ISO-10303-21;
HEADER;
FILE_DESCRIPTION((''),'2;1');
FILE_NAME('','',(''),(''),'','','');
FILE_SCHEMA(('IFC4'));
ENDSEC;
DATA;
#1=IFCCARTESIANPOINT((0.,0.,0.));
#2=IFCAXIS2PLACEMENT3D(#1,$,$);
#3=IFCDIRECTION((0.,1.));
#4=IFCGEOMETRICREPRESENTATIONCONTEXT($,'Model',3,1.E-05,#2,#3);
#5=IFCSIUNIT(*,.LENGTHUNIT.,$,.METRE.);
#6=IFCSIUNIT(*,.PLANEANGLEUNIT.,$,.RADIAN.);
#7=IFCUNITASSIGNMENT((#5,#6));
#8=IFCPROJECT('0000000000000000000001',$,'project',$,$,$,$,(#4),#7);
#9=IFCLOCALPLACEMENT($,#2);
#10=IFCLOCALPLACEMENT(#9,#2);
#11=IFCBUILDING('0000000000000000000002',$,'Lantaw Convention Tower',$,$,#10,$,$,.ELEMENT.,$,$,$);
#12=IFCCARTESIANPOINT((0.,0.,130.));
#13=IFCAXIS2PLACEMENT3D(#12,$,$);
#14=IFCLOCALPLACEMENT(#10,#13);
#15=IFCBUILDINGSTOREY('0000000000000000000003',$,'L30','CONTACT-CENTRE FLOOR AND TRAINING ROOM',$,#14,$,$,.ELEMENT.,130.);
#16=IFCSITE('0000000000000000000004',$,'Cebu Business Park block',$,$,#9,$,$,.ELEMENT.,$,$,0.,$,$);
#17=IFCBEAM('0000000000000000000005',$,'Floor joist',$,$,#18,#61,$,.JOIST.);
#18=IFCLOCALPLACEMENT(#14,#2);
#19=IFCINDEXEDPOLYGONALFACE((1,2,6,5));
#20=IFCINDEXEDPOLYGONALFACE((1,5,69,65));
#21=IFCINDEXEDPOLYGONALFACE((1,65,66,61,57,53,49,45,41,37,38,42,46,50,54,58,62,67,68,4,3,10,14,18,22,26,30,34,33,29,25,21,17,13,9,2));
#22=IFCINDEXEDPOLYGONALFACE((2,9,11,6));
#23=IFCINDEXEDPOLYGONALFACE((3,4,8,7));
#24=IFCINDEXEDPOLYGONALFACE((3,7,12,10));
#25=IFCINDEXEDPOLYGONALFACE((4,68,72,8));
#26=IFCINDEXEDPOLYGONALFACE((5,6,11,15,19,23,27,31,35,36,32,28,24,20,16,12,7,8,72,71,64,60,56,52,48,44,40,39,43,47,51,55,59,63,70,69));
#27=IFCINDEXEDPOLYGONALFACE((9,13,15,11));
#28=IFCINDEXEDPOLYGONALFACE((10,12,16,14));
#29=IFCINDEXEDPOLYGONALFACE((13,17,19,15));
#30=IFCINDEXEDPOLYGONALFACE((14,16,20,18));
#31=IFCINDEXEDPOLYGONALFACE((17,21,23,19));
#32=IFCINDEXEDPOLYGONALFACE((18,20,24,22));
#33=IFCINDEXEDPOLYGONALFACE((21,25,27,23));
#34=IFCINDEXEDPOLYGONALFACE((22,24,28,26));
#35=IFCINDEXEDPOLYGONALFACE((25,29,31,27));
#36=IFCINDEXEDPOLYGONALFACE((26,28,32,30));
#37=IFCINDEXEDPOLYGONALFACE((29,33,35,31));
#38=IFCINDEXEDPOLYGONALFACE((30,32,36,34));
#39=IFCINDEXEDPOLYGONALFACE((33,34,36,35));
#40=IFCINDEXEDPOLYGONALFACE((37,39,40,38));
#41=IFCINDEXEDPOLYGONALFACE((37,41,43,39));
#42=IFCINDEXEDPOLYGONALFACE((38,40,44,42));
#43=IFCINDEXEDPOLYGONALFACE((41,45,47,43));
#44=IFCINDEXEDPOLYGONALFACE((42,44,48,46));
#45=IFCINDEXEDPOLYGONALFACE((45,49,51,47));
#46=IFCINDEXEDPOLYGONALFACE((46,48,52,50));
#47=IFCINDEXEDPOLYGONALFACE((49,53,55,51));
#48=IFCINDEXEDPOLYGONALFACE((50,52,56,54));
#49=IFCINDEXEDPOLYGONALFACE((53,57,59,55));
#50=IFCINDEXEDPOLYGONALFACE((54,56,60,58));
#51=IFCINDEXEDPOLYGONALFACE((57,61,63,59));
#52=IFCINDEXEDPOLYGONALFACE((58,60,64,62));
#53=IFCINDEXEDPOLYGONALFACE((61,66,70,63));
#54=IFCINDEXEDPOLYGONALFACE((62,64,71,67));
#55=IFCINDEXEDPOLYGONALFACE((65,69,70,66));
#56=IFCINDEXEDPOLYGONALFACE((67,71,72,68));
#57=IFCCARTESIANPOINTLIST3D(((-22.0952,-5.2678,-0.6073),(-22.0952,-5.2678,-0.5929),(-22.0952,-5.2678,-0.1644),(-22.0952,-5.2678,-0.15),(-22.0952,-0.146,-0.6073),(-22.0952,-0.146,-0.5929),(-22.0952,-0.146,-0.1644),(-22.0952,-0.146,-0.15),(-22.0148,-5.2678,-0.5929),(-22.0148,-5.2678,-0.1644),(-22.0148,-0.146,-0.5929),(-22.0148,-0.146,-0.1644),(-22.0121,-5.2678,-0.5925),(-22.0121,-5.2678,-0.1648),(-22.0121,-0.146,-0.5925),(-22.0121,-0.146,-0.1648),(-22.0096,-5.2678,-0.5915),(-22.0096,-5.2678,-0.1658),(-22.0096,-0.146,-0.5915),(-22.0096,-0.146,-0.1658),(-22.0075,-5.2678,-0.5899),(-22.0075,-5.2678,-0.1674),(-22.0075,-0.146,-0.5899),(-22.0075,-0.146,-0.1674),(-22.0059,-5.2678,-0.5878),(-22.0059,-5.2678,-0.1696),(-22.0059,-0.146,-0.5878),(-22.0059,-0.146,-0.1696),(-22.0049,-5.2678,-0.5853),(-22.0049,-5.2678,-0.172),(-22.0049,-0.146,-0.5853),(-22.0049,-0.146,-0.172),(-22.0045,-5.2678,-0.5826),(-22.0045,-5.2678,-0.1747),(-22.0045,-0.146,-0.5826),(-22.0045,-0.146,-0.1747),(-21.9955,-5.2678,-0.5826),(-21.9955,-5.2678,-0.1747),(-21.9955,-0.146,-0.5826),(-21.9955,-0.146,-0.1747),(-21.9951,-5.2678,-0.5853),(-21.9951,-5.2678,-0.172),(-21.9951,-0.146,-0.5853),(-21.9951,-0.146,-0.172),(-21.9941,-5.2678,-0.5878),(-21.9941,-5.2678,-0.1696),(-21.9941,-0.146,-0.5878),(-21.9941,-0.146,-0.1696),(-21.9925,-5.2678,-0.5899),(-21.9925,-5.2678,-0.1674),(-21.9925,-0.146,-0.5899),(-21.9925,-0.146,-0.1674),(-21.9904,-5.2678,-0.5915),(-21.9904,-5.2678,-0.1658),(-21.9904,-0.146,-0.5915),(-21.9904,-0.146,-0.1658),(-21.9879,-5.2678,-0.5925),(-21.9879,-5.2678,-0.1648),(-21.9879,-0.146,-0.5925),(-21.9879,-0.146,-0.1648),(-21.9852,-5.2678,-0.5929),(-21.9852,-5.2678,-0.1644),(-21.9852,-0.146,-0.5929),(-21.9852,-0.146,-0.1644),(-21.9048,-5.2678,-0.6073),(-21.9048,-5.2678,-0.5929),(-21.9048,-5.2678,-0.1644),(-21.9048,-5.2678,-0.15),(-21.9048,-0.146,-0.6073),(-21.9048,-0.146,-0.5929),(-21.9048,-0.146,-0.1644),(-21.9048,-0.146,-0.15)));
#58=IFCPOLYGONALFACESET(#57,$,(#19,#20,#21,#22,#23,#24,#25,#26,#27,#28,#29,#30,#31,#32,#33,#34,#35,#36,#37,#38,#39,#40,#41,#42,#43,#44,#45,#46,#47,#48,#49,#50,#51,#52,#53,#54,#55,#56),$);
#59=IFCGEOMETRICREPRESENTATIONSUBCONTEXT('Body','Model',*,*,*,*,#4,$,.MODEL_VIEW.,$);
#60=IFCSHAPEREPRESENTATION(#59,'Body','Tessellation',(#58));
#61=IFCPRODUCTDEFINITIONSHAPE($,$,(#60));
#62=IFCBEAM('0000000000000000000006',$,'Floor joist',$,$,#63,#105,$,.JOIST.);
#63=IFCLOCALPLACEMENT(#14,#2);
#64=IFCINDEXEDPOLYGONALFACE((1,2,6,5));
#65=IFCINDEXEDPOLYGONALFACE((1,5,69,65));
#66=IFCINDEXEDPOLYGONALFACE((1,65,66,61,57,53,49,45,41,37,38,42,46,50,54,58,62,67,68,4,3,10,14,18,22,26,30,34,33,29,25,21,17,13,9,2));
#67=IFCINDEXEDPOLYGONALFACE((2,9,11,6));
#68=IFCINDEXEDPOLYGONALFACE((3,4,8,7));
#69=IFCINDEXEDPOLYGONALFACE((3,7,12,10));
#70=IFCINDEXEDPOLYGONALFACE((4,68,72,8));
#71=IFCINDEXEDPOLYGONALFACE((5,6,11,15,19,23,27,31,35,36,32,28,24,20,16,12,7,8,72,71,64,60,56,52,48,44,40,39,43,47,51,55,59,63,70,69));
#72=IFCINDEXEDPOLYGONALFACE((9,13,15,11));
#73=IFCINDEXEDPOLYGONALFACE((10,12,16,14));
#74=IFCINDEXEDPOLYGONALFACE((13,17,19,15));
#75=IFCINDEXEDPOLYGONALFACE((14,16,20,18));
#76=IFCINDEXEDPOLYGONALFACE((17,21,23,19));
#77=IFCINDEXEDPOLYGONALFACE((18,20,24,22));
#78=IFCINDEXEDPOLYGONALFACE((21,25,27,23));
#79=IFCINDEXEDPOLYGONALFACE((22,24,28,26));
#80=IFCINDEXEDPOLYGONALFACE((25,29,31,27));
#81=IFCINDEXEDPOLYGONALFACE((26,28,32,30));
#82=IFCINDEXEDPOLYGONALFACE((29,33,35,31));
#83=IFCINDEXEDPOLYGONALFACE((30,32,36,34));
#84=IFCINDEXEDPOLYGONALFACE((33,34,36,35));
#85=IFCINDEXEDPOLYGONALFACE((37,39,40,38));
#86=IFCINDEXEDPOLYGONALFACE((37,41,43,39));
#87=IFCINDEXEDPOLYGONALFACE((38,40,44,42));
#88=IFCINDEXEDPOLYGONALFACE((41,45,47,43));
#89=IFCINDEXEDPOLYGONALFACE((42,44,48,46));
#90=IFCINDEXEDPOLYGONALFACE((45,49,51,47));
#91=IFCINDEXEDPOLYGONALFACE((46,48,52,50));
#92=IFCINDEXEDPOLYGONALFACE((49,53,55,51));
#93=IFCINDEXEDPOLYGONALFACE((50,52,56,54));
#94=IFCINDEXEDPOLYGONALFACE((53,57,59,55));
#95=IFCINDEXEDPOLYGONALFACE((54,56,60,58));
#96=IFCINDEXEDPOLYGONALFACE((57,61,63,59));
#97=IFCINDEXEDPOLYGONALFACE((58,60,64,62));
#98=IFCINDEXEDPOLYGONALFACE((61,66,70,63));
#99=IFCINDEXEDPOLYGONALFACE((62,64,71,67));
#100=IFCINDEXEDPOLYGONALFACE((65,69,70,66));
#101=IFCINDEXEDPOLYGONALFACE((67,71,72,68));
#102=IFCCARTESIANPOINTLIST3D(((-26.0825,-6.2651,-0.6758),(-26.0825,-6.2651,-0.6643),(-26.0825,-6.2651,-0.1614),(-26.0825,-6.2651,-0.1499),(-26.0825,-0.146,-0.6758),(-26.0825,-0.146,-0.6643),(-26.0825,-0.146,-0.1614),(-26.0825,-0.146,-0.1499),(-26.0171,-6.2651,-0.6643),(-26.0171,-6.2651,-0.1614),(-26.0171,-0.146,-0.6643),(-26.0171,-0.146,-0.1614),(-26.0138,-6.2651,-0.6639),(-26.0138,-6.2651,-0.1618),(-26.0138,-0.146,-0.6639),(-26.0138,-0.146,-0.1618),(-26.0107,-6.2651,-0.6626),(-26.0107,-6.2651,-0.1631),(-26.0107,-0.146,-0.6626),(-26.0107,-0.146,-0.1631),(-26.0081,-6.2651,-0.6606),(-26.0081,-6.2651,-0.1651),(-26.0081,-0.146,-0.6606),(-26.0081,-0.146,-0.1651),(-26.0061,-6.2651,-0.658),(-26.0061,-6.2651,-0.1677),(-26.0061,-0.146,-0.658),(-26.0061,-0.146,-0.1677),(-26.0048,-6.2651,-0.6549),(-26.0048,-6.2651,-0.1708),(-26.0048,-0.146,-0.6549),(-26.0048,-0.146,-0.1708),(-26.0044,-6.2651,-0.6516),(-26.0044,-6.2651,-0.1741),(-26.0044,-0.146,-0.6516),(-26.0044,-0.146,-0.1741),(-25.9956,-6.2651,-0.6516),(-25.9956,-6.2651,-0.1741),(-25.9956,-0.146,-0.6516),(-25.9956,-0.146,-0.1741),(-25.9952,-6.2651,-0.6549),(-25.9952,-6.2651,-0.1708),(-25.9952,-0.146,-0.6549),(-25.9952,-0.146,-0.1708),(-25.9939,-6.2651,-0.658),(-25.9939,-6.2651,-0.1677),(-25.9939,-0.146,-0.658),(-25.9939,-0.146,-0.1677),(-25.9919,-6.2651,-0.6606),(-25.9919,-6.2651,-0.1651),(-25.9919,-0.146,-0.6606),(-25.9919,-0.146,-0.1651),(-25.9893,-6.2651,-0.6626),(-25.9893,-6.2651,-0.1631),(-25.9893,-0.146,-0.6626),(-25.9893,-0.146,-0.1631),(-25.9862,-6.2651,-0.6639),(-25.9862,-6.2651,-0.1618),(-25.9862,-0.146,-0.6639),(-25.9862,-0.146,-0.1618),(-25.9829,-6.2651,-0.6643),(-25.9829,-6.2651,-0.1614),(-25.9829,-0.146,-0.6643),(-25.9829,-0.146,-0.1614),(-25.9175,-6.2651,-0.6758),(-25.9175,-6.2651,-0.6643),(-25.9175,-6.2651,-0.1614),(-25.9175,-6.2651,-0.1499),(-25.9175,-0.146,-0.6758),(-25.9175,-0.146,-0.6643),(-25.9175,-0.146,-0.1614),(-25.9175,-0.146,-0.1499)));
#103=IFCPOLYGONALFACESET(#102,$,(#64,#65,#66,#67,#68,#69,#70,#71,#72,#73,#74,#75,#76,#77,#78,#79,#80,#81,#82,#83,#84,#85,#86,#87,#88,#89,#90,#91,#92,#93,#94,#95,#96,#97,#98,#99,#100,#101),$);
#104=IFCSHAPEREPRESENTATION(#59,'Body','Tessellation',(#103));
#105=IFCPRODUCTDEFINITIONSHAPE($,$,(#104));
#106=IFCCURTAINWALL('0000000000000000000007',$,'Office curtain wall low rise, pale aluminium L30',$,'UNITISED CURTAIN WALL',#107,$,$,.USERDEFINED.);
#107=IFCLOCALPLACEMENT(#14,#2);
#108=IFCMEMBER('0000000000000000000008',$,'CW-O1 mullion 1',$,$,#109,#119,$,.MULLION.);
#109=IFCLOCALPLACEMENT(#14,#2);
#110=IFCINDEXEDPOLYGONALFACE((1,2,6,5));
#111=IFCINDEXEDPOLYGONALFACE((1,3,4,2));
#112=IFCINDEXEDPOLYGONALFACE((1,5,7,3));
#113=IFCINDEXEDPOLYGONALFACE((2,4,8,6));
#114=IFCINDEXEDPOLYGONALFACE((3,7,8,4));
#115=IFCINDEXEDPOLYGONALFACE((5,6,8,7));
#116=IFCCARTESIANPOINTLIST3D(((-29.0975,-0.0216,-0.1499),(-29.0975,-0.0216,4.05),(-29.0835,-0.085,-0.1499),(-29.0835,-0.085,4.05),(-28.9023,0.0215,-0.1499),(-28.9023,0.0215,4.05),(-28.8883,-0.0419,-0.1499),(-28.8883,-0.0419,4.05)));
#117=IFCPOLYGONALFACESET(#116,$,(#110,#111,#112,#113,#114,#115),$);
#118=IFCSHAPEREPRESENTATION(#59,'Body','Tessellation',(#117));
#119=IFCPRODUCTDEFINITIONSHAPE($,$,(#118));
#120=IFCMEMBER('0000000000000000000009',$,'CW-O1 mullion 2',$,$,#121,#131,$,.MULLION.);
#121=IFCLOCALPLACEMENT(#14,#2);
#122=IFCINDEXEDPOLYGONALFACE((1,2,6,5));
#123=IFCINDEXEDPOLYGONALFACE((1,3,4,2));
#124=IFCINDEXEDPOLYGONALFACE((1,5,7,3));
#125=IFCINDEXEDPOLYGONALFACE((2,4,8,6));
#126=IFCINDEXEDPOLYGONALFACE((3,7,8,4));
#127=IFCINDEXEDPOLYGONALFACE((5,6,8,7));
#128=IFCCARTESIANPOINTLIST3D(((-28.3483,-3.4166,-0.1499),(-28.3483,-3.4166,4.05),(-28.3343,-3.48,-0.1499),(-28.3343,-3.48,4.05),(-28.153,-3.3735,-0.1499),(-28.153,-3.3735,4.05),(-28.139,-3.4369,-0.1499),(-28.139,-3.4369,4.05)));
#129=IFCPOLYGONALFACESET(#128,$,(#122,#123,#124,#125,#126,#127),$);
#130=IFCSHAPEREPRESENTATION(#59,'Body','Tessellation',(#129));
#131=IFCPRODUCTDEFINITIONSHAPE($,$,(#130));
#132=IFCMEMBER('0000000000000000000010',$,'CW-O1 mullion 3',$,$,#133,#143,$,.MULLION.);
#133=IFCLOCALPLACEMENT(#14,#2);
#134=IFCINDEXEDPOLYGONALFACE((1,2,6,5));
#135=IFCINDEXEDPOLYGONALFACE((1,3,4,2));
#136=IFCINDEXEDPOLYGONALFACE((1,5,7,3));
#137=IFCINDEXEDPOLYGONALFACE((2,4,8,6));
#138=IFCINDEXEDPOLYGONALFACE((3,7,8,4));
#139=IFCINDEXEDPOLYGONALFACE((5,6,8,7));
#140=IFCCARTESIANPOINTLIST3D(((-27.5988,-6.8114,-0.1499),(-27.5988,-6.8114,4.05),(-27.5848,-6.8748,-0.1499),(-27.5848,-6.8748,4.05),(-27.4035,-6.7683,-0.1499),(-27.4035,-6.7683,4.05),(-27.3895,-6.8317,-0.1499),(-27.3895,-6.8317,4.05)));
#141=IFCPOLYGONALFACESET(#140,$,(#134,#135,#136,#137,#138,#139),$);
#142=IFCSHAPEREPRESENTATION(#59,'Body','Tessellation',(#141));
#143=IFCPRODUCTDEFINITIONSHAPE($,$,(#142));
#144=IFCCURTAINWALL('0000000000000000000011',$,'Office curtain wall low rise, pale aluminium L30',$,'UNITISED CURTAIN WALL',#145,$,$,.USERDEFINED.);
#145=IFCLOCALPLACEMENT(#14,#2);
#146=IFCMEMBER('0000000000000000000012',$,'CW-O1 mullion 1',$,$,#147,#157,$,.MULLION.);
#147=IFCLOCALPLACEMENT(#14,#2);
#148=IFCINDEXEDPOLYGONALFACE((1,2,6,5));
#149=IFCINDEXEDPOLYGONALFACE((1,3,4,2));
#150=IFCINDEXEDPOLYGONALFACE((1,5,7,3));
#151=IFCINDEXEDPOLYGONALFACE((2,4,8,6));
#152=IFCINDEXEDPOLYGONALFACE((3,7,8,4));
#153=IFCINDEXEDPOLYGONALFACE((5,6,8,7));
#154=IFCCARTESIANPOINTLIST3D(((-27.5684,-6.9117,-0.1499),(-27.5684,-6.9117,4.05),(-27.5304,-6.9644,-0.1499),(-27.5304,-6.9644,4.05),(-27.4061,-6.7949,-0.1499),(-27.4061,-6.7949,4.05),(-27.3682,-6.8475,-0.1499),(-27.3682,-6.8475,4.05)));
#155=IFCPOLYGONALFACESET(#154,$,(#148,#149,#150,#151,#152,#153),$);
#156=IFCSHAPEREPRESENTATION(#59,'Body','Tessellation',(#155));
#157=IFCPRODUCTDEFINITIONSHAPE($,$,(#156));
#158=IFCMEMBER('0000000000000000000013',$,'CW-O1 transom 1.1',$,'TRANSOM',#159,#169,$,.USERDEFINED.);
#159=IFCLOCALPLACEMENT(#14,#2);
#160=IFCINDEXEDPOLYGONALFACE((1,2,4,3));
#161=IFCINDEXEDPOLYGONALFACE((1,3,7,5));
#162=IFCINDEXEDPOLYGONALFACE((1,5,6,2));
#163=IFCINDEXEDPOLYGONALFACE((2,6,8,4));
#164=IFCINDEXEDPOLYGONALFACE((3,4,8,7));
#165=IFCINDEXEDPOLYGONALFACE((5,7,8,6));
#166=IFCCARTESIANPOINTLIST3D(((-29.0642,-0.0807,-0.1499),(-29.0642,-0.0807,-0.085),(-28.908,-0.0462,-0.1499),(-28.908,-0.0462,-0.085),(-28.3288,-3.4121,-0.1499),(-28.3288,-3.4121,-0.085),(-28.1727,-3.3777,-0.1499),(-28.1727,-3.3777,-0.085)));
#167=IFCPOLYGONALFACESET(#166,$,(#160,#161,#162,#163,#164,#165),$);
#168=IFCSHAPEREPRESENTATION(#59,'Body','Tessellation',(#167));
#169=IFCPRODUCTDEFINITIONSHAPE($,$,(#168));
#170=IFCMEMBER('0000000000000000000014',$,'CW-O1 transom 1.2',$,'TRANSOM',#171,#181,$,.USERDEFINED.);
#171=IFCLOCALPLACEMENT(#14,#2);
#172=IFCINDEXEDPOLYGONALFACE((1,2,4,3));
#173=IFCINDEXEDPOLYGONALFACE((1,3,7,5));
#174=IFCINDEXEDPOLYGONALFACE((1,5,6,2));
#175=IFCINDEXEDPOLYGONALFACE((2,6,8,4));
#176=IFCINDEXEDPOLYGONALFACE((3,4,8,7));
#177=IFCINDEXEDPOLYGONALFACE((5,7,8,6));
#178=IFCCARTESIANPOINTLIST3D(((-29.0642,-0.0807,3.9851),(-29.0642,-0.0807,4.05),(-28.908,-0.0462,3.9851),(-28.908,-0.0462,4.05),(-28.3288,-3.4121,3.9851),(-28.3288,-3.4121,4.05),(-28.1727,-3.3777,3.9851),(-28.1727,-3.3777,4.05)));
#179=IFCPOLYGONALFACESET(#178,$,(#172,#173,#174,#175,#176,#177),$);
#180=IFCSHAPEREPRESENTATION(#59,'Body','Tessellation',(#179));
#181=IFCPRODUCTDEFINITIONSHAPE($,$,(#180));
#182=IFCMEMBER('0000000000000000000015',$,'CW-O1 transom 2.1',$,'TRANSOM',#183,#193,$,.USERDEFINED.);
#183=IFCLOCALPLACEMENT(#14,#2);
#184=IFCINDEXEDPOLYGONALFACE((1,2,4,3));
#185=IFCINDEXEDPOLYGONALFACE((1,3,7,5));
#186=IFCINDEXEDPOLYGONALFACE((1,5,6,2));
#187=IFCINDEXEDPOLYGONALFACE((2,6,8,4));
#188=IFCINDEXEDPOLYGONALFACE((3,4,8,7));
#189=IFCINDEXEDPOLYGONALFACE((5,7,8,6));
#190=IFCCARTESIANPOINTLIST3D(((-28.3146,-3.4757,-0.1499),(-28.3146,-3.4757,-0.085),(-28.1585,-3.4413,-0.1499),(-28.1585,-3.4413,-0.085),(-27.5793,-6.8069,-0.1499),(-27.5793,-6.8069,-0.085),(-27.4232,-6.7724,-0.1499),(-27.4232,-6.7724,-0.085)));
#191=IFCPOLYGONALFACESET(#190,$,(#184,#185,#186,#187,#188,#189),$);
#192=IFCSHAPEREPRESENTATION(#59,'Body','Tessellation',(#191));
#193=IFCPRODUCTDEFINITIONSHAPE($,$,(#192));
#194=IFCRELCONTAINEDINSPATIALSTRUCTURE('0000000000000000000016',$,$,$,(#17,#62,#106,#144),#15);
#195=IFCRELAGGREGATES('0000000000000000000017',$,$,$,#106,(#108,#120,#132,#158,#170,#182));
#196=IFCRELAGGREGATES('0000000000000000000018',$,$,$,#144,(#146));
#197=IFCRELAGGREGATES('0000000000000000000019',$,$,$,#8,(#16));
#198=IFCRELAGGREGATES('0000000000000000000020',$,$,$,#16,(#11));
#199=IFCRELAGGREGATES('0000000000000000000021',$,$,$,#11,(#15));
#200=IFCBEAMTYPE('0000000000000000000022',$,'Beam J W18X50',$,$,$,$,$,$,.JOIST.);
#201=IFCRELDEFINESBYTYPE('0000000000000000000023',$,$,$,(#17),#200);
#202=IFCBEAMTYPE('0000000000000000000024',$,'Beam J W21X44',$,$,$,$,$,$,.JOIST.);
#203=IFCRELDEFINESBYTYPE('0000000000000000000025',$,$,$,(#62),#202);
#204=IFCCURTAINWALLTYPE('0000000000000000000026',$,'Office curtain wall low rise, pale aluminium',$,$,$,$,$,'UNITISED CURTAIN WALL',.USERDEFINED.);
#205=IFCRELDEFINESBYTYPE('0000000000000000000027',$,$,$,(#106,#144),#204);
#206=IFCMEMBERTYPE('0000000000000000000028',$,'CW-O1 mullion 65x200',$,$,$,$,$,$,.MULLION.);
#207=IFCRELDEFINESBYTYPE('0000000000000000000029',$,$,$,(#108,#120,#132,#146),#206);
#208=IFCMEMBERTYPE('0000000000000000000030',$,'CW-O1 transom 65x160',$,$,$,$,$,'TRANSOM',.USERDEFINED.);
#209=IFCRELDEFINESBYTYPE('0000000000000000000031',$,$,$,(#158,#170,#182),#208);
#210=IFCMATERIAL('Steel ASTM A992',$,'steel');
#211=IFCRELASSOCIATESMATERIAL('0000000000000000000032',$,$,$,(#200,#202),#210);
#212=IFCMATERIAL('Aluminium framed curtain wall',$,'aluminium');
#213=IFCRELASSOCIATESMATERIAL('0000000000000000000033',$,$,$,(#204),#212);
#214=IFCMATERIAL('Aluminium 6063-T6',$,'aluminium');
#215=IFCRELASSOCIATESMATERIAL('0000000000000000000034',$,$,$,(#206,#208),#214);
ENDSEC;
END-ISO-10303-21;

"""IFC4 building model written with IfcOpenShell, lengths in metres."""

from ifc_helpers import new_model, si_unit, direction, frame, origin, origin_2d, place, context, subcontext, project, spatial, rectangle, i_section, extrude, material, material_profile, profile_set, type_object, element, aggregate, save


model = new_model("IFC4")

# Units and contexts
model_context = context("Model", 3, precision=1e-05, world=origin(), true_north=direction((0.0, 1.0)))
body_context = subcontext(model_context, "Body", "Model", "MODEL_VIEW")
ifc_project = project(units=[si_unit("LENGTHUNIT", "METRE"), si_unit("PLANEANGLEUNIT", "RADIAN")], contexts=[model_context])

# Site, building, storey
site_placement = place(None, origin())
site = spatial("IfcSite", under=ifc_project, at=site_placement, Name="Cebu Business Park block", CompositionType="ELEMENT", RefElevation=0.0)
building_placement = place(site_placement, origin())
building = spatial("IfcBuilding", under=site, at=building_placement, Name="Lantaw Convention Tower", CompositionType="ELEMENT")
storey_placement = place(building_placement, frame((0.0, 0.0, 130.0)))
storey = spatial("IfcBuildingStorey", under=building, at=storey_placement, Name="L30", Description="CONTACT-CENTRE FLOOR AND TRAINING ROOM", CompositionType="ELEMENT", Elevation=130.0)

# Beams
ifc_material_1 = material(Name="Steel ASTM A992", Category="steel")
ifc_material_profile_1 = material_profile(ifc_material_1, i_section(OverallWidth=0.1904, OverallDepth=0.4573, WebThickness=0.009, FlangeThickness=0.0144, FilletRadius=0.0103, at=origin_2d()), Name="W18X50")
ifc_profile_set_1 = profile_set([ifc_material_profile_1], Name="Steel ASTM A992")
beam_type_1 = type_object("IfcBeamType", Name="Beam J W18X50", PredefinedType="JOIST", material=ifc_profile_set_1)
beam_1_placement = place(storey_placement, frame((-22.0, -5.2678, -0.3787), z_axis=(0.0, 1.0, 0.0), x_axis=(-1.0, 0.0, 0.0)))
element("IfcBeam", 1, at=beam_1_placement, inside=storey, type_object=beam_type_1, Name="Floor joist", PredefinedType="JOIST", context=body_context, shape_type="SweptSolid", body=[
    extrude(i_section(OverallWidth=0.1904, OverallDepth=0.4573, WebThickness=0.009, FlangeThickness=0.0144, FilletRadius=0.0103, at=origin_2d()), origin(), (0.0, 0.0, 1.0), 5.1218),
])
ifc_material_profile_2 = material_profile(ifc_material_1, i_section(OverallWidth=0.165, OverallDepth=0.5259, WebThickness=0.0088, FlangeThickness=0.0115, FilletRadius=0.0127, at=origin_2d()), Name="W21X44")
ifc_profile_set_2 = profile_set([ifc_material_profile_2], Name="Steel ASTM A992")
beam_type_2 = type_object("IfcBeamType", Name="Beam J W21X44", PredefinedType="JOIST", material=ifc_profile_set_2)
beam_2_placement = place(storey_placement, frame((-26.0, -6.2651, -0.4128), z_axis=(0.0, 1.0, 0.0), x_axis=(-1.0, 0.0, 0.0)))
element("IfcBeam", 2, at=beam_2_placement, inside=storey, type_object=beam_type_2, Name="Floor joist", PredefinedType="JOIST", context=body_context, shape_type="SweptSolid", body=[
    extrude(i_section(OverallWidth=0.165, OverallDepth=0.5259, WebThickness=0.0088, FlangeThickness=0.0115, FilletRadius=0.0127, at=origin_2d()), origin(), (0.0, 0.0, 1.0), 6.1191),
])

# Curtain wall, members
ifc_material_2 = material(Name="Aluminium framed curtain wall", Category="aluminium")
curtain_wall_type = type_object("IfcCurtainWallType", Name="Office curtain wall low rise, pale aluminium", ElementType="UNITISED CURTAIN WALL", PredefinedType="USERDEFINED", material=ifc_material_2)
curtain_wall_1_placement = place(storey_placement, origin())
curtain_wall_1 = element("IfcCurtainWall", 3, at=curtain_wall_1_placement, inside=storey, type_object=curtain_wall_type, Name="Office curtain wall low rise, pale aluminium L30", ObjectType="UNITISED CURTAIN WALL", PredefinedType="USERDEFINED")
ifc_material_3 = material(Name="Aluminium 6063-T6", Category="aluminium")
ifc_material_profile_3 = material_profile(ifc_material_3, rectangle(XDim=0.2, YDim=0.0649, at=origin_2d()), Name="CW-O1 mullion 65x200")
ifc_profile_set_3 = profile_set([ifc_material_profile_3], Name="Aluminium 6063-T6")
member_type_1 = type_object("IfcMemberType", Name="CW-O1 mullion 65x200", PredefinedType="MULLION", material=ifc_profile_set_3)
member_1_placement = place(storey_placement, frame((-28.9929, -0.0317, -0.1499), z_axis=(0.0, 0.0, 1.0), x_axis=(0.976494, 0.215546, 0.0)))
member_1 = element("IfcMember", 4, at=member_1_placement, type_object=member_type_1, Name="CW-O1 mullion 1", PredefinedType="MULLION", context=body_context, shape_type="SweptSolid", body=[
    extrude(rectangle(XDim=0.2, YDim=0.0649, at=origin_2d()), origin(), (0.0, 0.0, 1.0), 4.2),
])
member_2_placement = place(storey_placement, frame((-28.2437, -3.4268, -0.1499), z_axis=(0.0, 0.0, 1.0), x_axis=(0.976494, 0.215546, 0.0)))
member_2 = element("IfcMember", 5, at=member_2_placement, type_object=member_type_1, Name="CW-O1 mullion 2", PredefinedType="MULLION", context=body_context, shape_type="SweptSolid", body=[
    extrude(rectangle(XDim=0.2, YDim=0.0649, at=origin_2d()), origin(), (0.0, 0.0, 1.0), 4.2),
])
member_3_placement = place(storey_placement, frame((-27.4941, -6.8215, -0.1499), z_axis=(0.0, 0.0, 1.0), x_axis=(0.976494, 0.215546, 0.0)))
member_3 = element("IfcMember", 6, at=member_3_placement, type_object=member_type_1, Name="CW-O1 mullion 3", PredefinedType="MULLION", context=body_context, shape_type="SweptSolid", body=[
    extrude(rectangle(XDim=0.2, YDim=0.0649, at=origin_2d()), origin(), (0.0, 0.0, 1.0), 4.2),
])

# Curtain wall, member
curtain_wall_2_placement = place(storey_placement, origin())
curtain_wall_2 = element("IfcCurtainWall", 7, at=curtain_wall_2_placement, inside=storey, type_object=curtain_wall_type, Name="Office curtain wall low rise, pale aluminium L30", ObjectType="UNITISED CURTAIN WALL", PredefinedType="USERDEFINED")
member_4_placement = place(storey_placement, frame((-27.4683, -6.8796, -0.1499), z_axis=(0.0, 0.0, 1.0), x_axis=(0.811385, 0.584513, 0.0)))
member_4 = element("IfcMember", 8, at=member_4_placement, type_object=member_type_1, Name="CW-O1 mullion 1", PredefinedType="MULLION", context=body_context, shape_type="SweptSolid", body=[
    extrude(rectangle(XDim=0.2, YDim=0.0649, at=origin_2d()), origin(), (0.0, 0.0, 1.0), 4.2),
])

# Members
ifc_material_profile_4 = material_profile(ifc_material_3, rectangle(XDim=0.1599, YDim=0.0649, at=origin_2d()), Name="CW-O1 transom 65x160")
ifc_profile_set_4 = profile_set([ifc_material_profile_4], Name="Aluminium 6063-T6")
member_type_2 = type_object("IfcMemberType", Name="CW-O1 transom 65x160", ElementType="TRANSOM", PredefinedType="USERDEFINED", material=ifc_profile_set_4)
member_5_placement = place(storey_placement, frame((-28.9861, -0.0635, -0.1174), z_axis=(0.215536, -0.976496, 0.0), x_axis=(0.976496, 0.215536, 0.0)))
member_5 = element("IfcMember", 9, at=member_5_placement, type_object=member_type_2, Name="CW-O1 transom 1.1", ObjectType="TRANSOM", PredefinedType="USERDEFINED", context=body_context, shape_type="SweptSolid", body=[
    extrude(rectangle(XDim=0.1599, YDim=0.0649, at=origin_2d()), origin(), (0.0, 0.0, 1.0), 3.4116),
])
member_6_placement = place(storey_placement, frame((-28.9861, -0.0635, 4.0176), z_axis=(0.215536, -0.976496, 0.0), x_axis=(0.976496, 0.215536, 0.0)))
member_6 = element("IfcMember", 10, at=member_6_placement, type_object=member_type_2, Name="CW-O1 transom 1.2", ObjectType="TRANSOM", PredefinedType="USERDEFINED", context=body_context, shape_type="SweptSolid", body=[
    extrude(rectangle(XDim=0.1599, YDim=0.0649, at=origin_2d()), origin(), (0.0, 0.0, 1.0), 3.4116),
])
member_7_placement = place(storey_placement, frame((-28.2366, -3.4585, -0.1174), z_axis=(0.215551, -0.976493, 0.0), x_axis=(0.976493, 0.215551, 0.0)))
member_7 = element("IfcMember", 11, at=member_7_placement, type_object=member_type_2, Name="CW-O1 transom 2.1", ObjectType="TRANSOM", PredefinedType="USERDEFINED", context=body_context, shape_type="SweptSolid", body=[
    extrude(rectangle(XDim=0.1599, YDim=0.0649, at=origin_2d()), origin(), (0.0, 0.0, 1.0), 3.4114),
])

aggregate(curtain_wall_1, [member_1, member_2, member_3, member_5, member_6, member_7])
aggregate(curtain_wall_2, [member_4])

save(model, "model.ifc")
